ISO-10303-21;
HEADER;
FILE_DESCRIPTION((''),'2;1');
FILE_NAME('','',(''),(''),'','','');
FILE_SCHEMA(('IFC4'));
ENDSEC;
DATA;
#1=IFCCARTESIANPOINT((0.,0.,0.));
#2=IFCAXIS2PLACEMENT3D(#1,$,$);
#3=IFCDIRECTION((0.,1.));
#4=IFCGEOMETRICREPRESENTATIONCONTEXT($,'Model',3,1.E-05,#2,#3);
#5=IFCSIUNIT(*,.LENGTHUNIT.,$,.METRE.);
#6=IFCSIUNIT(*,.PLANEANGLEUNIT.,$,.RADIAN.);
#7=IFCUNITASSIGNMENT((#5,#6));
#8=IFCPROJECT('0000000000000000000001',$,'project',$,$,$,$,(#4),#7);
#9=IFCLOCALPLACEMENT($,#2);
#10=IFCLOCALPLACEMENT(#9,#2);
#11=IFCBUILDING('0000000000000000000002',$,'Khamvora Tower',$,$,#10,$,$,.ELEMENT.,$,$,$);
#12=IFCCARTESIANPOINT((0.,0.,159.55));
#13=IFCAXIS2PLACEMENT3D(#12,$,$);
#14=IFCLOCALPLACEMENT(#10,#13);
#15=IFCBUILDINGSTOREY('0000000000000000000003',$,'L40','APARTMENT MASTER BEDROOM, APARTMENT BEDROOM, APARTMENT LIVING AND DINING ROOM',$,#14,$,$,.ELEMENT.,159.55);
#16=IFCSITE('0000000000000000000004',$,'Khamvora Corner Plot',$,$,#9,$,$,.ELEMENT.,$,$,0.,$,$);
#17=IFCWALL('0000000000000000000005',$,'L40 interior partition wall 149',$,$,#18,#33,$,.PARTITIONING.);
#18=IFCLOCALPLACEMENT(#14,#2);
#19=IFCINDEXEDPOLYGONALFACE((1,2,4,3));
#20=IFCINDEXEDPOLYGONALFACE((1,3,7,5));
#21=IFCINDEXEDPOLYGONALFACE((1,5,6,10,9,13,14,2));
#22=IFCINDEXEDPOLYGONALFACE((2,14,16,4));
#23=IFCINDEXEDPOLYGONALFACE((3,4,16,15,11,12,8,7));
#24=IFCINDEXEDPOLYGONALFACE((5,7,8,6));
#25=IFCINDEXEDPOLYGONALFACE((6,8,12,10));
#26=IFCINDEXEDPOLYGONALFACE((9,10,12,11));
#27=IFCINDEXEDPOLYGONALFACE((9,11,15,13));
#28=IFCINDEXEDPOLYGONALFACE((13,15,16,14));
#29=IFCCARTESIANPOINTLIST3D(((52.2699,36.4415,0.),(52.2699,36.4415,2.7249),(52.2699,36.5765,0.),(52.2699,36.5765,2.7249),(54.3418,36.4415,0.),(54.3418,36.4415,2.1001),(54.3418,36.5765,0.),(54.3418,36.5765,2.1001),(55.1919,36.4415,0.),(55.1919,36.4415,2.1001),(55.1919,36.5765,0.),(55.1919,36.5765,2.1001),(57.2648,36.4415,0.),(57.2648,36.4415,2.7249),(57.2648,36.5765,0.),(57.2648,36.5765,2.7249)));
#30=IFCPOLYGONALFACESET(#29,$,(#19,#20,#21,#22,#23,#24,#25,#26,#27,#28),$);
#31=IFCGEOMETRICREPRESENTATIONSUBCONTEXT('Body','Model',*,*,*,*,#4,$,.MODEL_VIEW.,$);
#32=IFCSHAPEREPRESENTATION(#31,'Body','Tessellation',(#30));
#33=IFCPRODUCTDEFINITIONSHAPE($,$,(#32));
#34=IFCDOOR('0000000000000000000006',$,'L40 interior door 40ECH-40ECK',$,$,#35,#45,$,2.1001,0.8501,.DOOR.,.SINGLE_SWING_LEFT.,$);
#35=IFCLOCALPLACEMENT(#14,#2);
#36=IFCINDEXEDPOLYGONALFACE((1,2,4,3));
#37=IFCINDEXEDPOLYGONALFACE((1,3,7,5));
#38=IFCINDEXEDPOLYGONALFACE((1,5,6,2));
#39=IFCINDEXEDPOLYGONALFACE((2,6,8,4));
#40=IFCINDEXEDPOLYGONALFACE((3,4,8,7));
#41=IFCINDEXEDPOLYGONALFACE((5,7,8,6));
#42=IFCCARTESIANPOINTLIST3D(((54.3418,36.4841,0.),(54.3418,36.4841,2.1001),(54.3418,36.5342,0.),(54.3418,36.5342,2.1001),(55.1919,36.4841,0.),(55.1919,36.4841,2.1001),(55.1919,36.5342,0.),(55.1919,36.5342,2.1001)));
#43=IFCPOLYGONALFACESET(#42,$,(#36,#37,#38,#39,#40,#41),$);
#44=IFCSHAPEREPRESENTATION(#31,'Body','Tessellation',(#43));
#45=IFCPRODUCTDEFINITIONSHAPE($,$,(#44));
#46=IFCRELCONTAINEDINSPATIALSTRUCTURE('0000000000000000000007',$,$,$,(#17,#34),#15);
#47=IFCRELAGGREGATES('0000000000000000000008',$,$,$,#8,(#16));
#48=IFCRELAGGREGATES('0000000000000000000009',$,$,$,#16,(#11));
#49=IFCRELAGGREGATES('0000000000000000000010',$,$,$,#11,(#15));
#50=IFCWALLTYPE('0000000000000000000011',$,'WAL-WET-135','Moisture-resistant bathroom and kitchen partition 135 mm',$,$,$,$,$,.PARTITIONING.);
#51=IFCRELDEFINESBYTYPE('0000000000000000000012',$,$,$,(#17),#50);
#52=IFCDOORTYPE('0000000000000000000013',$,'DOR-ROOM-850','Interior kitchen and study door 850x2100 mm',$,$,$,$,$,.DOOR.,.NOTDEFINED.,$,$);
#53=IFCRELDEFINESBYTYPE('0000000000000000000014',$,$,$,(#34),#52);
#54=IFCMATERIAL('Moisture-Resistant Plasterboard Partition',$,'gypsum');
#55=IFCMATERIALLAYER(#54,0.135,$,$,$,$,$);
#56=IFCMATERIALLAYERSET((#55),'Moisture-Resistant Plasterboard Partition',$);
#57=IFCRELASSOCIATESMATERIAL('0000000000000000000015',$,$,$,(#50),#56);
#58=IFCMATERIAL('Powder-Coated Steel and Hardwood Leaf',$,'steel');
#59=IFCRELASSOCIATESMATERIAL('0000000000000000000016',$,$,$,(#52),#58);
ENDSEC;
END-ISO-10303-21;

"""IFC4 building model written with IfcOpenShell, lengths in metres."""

from ifc_helpers import new_model, si_unit, direction, frame, frame_2d, origin, place, context, subcontext, project, spatial, rectangle, extrude, material, layer, layer_set, type_object, element, fill, save


model = new_model("IFC4")

# Units and contexts
model_context = context("Model", 3, precision=1e-05, world=origin(), true_north=direction((0.0, 1.0)))
body_context = subcontext(model_context, "Body", "Model", "MODEL_VIEW")
ifc_project = project(units=[si_unit("LENGTHUNIT", "METRE"), si_unit("PLANEANGLEUNIT", "RADIAN")], contexts=[model_context])

# Site, building, storey
site_placement = place(None, origin())
site = spatial("IfcSite", under=ifc_project, at=site_placement, Name="Khamvora Corner Plot", CompositionType="ELEMENT", RefElevation=0.0)
building_placement = place(site_placement, origin())
building = spatial("IfcBuilding", under=site, at=building_placement, Name="Khamvora Tower", CompositionType="ELEMENT")
storey_placement = place(building_placement, frame((0.0, 0.0, 159.55)))
storey = spatial("IfcBuildingStorey", under=building, at=storey_placement, Name="L40", Description="APARTMENT MASTER BEDROOM, APARTMENT BEDROOM, APARTMENT LIVING AND DINING ROOM", CompositionType="ELEMENT", Elevation=159.55)

# Shared definitions
ifc_material_1 = material(Name="Powder-Coated Steel and Hardwood Leaf", Category="steel")

# Shared definitions
ifc_material_2 = material(Name="Moisture-Resistant Plasterboard Partition", Category="gypsum")
ifc_layer_1 = layer(ifc_material_2, 0.135)
ifc_layer_set_1 = layer_set([ifc_layer_1], Name="Moisture-Resistant Plasterboard Partition")
wall_type_1 = type_object("IfcWallType", Name="WAL-WET-135", Description="Moisture-resistant bathroom and kitchen partition 135 mm", PredefinedType="PARTITIONING", material=ifc_layer_set_1)

# Wall, opening, door
wall_1_placement = place(storey_placement, frame((57.2649, 36.509, 0.0), z_axis=(0.0, 0.0, 1.0), x_axis=(-1.0, 0.0, 0.0)))
wall_1 = element("IfcWall", 1, at=wall_1_placement, inside=storey, type_object=wall_type_1, Name="L40 interior partition wall 149", PredefinedType="PARTITIONING", context=body_context, shape_type="SweptSolid", body=[
    extrude(rectangle(XDim=4.9949, YDim=0.135, at=frame_2d((2.4976, 0.0))), origin(), (0.0, 0.0, 1.0), 2.7249),
])
opening_1_placement = place(wall_1_placement, frame((2.073, 0.0, 0.0)))
opening_1 = element("IfcOpeningElement", 2, at=opening_1_placement, cuts=wall_1, PredefinedType="OPENING", context=body_context, shape_type="SweptSolid", body=[
    extrude(rectangle(XDim=0.8501, YDim=2.1001, at=frame_2d((0.425, 1.05))), frame((0.0, 0.0774, 0.0), z_axis=(0.0, -1.0, 0.0), x_axis=(1.0, 0.0, 0.0)), (0.0, 0.0, 1.0), 0.155),
])
door_type_1 = type_object("IfcDoorType", Name="DOR-ROOM-850", Description="Interior kitchen and study door 850x2100 mm", OperationType="NOTDEFINED", PredefinedType="DOOR", material=ifc_material_1)
door_1_placement = place(opening_1_placement, origin())
door_1 = element("IfcDoor", 3, at=door_1_placement, inside=storey, type_object=door_type_1, Name="L40 interior door 40ECH-40ECK", OperationType="SINGLE_SWING_LEFT", OverallHeight=2.1001, OverallWidth=0.8501, PredefinedType="DOOR", context=body_context, shape_type="SweptSolid", body=[
    extrude(rectangle(XDim=0.8501, YDim=2.1001, at=frame_2d((0.425, 1.05))), frame((0.0, 0.0249, 0.0), z_axis=(0.0, -1.0, 0.0), x_axis=(1.0, 0.0, 0.0)), (0.0, 0.0, 1.0), 0.05),
])
fill(opening_1, door_1)

save(model, "model.ifc")
